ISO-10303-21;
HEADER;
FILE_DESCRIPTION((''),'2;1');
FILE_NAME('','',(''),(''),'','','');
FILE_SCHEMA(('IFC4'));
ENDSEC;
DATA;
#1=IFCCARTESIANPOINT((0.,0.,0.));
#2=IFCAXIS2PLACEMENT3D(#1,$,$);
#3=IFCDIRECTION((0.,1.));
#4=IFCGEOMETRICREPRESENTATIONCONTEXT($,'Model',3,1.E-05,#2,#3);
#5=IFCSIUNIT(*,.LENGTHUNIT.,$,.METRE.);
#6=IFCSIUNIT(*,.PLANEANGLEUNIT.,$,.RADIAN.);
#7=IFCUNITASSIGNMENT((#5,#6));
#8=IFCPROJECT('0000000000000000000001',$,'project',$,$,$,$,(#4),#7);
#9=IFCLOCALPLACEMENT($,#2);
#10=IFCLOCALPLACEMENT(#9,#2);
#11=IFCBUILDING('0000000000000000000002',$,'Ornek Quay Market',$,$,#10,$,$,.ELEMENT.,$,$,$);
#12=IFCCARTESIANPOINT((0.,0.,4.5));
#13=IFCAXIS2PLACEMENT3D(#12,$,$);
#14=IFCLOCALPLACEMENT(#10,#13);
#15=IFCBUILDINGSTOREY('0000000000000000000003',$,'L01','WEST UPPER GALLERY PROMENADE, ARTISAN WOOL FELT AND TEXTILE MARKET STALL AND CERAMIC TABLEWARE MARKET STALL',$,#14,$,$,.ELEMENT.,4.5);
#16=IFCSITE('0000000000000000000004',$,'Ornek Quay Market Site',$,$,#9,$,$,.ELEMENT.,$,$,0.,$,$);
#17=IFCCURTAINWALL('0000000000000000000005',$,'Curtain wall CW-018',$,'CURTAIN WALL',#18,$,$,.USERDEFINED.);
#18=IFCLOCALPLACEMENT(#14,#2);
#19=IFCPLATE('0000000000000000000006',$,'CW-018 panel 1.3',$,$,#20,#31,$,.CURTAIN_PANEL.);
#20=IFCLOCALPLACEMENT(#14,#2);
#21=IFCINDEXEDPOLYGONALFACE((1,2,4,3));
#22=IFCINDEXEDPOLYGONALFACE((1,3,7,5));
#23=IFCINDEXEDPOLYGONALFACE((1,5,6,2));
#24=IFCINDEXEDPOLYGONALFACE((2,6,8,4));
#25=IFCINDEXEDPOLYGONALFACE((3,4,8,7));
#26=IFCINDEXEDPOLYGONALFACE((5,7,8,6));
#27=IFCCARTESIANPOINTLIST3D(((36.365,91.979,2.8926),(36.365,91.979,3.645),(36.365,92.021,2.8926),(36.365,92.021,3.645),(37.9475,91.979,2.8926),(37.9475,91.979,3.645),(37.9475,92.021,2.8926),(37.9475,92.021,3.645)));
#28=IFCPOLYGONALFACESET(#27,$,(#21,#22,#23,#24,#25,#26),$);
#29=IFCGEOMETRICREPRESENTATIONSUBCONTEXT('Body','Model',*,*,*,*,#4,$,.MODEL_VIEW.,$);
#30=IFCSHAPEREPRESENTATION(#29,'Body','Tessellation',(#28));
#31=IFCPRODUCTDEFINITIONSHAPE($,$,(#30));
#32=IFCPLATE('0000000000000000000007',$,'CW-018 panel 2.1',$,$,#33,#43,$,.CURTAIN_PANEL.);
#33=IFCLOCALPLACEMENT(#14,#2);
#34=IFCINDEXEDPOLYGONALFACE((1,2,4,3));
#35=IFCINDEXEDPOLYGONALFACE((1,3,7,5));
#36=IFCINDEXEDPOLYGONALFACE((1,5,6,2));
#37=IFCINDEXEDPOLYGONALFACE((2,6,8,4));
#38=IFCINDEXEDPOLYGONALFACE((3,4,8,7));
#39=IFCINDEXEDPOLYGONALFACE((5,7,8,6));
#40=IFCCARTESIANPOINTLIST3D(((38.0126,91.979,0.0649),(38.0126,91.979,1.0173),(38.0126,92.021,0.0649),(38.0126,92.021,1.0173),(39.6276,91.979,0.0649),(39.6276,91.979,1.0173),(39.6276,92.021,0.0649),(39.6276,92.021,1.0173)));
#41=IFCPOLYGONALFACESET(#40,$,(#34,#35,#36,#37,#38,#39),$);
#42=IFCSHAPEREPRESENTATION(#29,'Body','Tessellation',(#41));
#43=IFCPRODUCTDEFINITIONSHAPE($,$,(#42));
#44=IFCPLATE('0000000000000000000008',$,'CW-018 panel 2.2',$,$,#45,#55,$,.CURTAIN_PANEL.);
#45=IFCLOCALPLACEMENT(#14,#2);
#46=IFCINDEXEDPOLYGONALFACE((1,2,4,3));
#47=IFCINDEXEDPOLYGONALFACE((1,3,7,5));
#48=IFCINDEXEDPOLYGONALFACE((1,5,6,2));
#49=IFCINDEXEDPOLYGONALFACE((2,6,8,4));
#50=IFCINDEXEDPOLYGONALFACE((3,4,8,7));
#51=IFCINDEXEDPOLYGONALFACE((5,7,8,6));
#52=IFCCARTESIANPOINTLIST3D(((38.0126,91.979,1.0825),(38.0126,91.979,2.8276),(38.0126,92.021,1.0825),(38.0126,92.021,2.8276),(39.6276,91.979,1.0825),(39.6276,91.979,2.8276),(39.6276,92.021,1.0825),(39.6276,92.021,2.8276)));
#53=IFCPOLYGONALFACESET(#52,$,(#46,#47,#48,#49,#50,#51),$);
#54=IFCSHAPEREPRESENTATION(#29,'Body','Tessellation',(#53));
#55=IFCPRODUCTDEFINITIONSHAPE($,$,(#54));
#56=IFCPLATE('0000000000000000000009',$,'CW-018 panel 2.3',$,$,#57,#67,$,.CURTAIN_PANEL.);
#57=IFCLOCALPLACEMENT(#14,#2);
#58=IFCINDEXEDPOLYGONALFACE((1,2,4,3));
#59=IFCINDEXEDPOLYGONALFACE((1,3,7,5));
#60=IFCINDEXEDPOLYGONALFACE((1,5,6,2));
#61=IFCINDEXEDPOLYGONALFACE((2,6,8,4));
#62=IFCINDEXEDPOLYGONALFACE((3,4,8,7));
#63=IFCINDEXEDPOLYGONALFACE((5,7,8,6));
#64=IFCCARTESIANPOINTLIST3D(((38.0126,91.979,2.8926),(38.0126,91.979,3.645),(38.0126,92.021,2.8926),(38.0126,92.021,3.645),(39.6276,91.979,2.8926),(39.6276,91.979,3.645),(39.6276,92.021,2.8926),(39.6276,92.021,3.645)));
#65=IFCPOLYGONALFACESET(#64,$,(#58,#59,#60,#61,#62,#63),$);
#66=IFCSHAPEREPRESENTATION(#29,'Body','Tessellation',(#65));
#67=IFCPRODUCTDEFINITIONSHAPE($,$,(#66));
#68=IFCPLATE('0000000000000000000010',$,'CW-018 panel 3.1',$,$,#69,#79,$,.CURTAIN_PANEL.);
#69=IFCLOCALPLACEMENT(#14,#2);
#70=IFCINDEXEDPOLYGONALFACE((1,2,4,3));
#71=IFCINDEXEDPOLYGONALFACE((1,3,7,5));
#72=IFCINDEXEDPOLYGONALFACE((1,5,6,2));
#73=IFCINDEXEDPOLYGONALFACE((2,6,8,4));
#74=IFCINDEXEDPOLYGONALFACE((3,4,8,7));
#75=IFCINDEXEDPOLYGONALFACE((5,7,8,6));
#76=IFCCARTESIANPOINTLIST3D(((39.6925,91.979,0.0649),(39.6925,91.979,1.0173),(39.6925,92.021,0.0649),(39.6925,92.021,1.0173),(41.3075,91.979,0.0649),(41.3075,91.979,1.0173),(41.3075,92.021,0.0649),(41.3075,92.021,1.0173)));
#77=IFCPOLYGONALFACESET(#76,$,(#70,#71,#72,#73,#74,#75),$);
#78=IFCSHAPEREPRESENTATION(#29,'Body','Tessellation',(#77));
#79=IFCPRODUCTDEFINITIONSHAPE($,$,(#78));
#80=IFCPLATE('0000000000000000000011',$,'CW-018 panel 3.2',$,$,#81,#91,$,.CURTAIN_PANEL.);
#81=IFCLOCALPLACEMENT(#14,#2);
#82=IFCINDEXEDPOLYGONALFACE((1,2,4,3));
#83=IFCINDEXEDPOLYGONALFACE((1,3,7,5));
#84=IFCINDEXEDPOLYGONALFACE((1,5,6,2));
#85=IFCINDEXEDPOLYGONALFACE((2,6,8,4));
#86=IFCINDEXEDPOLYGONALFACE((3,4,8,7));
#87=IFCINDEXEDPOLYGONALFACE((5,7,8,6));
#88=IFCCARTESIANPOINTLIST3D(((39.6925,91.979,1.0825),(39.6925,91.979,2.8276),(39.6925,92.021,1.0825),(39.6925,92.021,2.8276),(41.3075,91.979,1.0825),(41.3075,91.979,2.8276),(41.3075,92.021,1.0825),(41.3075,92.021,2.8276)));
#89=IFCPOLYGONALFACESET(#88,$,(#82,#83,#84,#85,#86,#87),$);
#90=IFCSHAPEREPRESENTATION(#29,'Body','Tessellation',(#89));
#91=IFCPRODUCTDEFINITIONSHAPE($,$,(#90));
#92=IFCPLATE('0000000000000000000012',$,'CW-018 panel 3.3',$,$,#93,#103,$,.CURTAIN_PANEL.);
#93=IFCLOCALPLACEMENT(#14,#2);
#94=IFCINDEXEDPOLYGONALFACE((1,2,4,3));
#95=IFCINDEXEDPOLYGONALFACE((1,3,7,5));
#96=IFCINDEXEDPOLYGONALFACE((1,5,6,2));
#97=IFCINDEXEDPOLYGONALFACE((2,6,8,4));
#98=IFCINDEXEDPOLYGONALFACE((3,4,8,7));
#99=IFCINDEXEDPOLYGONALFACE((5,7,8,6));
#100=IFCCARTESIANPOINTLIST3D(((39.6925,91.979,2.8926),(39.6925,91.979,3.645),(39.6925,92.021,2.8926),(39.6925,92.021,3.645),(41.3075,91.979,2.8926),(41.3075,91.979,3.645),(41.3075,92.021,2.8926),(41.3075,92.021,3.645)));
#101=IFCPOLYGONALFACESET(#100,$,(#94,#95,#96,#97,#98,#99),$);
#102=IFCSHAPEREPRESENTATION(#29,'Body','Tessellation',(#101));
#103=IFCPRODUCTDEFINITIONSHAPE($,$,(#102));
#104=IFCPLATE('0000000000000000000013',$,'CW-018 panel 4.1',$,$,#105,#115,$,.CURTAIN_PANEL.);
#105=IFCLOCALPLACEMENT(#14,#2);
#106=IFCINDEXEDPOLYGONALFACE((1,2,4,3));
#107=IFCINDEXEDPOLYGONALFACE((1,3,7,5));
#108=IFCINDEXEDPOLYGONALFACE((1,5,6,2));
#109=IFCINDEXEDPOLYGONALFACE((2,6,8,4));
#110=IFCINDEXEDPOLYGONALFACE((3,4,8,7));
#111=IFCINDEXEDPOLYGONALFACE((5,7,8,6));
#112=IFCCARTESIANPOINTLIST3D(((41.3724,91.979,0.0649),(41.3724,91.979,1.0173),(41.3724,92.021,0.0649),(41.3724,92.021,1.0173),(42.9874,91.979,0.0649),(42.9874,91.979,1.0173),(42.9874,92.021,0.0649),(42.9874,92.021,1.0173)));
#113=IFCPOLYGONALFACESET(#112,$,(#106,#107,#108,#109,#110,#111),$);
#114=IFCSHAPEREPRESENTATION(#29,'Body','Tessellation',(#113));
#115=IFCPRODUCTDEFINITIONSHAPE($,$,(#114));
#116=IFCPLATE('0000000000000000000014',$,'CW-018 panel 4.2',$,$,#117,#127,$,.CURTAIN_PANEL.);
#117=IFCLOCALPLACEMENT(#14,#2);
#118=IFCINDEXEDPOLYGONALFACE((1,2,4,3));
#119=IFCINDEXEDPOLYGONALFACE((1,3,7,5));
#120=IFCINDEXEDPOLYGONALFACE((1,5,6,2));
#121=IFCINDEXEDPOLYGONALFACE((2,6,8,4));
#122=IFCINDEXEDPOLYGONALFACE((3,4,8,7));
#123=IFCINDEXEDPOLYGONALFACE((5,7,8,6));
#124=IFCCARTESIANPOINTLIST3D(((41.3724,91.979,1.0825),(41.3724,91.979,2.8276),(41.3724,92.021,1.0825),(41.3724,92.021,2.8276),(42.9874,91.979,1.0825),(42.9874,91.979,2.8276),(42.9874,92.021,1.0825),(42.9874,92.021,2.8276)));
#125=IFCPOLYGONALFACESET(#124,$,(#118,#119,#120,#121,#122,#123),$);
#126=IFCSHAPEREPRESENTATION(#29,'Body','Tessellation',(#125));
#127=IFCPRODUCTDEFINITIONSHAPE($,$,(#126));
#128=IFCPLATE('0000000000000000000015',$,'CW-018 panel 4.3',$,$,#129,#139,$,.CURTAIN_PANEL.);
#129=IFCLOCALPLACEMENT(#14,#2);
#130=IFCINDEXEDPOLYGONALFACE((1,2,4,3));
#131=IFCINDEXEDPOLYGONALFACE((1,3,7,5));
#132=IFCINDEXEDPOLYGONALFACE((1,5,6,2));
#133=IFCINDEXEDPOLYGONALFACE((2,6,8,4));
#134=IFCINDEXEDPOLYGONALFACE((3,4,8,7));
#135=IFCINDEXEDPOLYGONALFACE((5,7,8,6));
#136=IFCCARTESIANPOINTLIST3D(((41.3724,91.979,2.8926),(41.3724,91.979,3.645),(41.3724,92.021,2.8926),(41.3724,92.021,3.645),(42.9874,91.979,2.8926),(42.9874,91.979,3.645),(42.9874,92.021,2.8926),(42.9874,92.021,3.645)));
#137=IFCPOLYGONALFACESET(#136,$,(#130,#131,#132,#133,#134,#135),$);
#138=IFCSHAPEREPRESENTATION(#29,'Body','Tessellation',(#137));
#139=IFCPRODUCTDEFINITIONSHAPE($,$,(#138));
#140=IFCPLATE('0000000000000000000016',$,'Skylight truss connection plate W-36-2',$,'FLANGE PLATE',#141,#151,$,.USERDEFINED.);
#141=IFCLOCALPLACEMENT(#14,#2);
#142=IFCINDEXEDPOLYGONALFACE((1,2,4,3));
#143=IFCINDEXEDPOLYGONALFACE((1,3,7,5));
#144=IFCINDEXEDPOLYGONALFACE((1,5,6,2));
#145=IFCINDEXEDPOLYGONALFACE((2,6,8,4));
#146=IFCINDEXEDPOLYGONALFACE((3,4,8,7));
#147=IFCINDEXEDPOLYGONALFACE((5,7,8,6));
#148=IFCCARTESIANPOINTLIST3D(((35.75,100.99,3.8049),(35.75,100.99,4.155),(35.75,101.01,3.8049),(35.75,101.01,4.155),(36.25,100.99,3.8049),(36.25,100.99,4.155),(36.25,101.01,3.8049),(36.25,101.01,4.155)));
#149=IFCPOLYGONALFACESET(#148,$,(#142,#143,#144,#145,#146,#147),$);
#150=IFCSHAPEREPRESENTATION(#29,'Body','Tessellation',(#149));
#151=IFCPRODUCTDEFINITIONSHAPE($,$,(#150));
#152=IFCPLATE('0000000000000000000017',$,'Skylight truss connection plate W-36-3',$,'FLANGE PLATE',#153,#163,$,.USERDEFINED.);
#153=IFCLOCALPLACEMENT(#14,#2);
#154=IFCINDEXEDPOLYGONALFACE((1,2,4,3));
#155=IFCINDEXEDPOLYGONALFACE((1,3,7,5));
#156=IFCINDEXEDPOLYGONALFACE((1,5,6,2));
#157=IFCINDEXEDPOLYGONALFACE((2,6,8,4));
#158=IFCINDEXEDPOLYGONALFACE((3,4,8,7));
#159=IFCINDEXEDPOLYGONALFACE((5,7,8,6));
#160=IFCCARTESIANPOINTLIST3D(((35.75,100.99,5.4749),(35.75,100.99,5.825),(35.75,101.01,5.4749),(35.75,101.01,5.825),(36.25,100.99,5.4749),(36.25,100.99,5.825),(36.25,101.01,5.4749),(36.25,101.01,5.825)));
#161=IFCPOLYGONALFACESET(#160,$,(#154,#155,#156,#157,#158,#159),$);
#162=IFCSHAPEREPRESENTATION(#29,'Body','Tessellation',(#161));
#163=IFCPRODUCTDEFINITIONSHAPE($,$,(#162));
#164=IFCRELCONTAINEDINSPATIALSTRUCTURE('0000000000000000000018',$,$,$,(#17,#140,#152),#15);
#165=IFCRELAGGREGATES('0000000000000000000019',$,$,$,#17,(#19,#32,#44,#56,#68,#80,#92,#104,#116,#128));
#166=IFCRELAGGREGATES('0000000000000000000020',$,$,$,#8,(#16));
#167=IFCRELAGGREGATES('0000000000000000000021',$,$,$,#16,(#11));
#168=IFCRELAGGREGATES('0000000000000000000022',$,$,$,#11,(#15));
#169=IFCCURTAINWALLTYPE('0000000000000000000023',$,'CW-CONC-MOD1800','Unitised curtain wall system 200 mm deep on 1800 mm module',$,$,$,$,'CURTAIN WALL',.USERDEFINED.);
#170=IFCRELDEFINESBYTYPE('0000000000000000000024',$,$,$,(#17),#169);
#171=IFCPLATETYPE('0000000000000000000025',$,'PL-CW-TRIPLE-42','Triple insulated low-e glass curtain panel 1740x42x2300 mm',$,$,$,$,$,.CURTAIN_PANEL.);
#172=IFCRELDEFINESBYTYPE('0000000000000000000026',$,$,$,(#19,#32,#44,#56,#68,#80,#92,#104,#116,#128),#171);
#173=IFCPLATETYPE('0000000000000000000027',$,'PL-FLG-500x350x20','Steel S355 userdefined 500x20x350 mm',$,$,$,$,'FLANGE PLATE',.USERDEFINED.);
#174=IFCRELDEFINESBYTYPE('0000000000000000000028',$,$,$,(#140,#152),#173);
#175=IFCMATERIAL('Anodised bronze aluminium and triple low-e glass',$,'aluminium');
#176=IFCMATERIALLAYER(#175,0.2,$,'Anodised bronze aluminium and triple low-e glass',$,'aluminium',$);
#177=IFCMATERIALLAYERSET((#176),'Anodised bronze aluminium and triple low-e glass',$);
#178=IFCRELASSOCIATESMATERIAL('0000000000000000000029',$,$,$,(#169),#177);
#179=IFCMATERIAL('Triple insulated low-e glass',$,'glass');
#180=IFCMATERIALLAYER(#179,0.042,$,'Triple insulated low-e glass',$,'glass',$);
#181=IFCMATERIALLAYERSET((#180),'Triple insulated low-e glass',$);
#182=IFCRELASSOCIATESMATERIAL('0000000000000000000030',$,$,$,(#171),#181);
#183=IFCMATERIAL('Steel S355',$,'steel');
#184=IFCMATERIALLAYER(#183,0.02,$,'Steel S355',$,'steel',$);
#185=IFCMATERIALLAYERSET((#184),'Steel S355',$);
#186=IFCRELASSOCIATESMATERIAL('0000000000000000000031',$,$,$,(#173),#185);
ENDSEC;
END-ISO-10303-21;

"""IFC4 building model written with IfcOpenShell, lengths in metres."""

from ifc_helpers import new_model, si_unit, direction, frame, origin, origin_2d, place, context, subcontext, project, spatial, rectangle, extrude, material, layer, layer_set, type_object, element, aggregate, save


model = new_model("IFC4")

# Units and contexts
model_context = context("Model", 3, precision=1e-05, world=origin(), true_north=direction((0.0, 1.0)))
body_context = subcontext(model_context, "Body", "Model", "MODEL_VIEW")
ifc_project = project(units=[si_unit("LENGTHUNIT", "METRE"), si_unit("PLANEANGLEUNIT", "RADIAN")], contexts=[model_context])

# Site, building, storey
site_placement = place(None, origin())
site = spatial("IfcSite", under=ifc_project, at=site_placement, Name="Ornek Quay Market Site", CompositionType="ELEMENT", RefElevation=0.0)
building_placement = place(site_placement, origin())
building = spatial("IfcBuilding", under=site, at=building_placement, Name="Ornek Quay Market", CompositionType="ELEMENT")
storey_placement = place(building_placement, frame((0.0, 0.0, 4.5)))
storey = spatial("IfcBuildingStorey", under=building, at=storey_placement, Name="L01", Description="WEST UPPER GALLERY PROMENADE, ARTISAN WOOL FELT AND TEXTILE MARKET STALL AND CERAMIC TABLEWARE MARKET STALL", CompositionType="ELEMENT", Elevation=4.5)

# Curtain wall
ifc_material_1 = material(Name="Anodised bronze aluminium and triple low-e glass", Category="aluminium")
ifc_layer_1 = layer(ifc_material_1, 0.2, Name="Anodised bronze aluminium and triple low-e glass", Category="aluminium")
ifc_layer_set_1 = layer_set([ifc_layer_1], Name="Anodised bronze aluminium and triple low-e glass")
curtain_wall_type = type_object("IfcCurtainWallType", Name="CW-CONC-MOD1800", Description="Unitised curtain wall system 200 mm deep on 1800 mm module", ElementType="CURTAIN WALL", PredefinedType="USERDEFINED", material=ifc_layer_set_1)
curtain_wall_placement = place(storey_placement, origin())
curtain_wall = element("IfcCurtainWall", 1, at=curtain_wall_placement, inside=storey, type_object=curtain_wall_type, Name="Curtain wall CW-018", ObjectType="CURTAIN WALL", PredefinedType="USERDEFINED")

# Shared definitions
ifc_material_2 = material(Name="Steel S355", Category="steel")

# Plates
ifc_material_3 = material(Name="Triple insulated low-e glass", Category="glass")
ifc_layer_2 = layer(ifc_material_3, 0.042, Name="Triple insulated low-e glass", Category="glass")
ifc_layer_set_2 = layer_set([ifc_layer_2], Name="Triple insulated low-e glass")
plate_type_1 = type_object("IfcPlateType", Name="PL-CW-TRIPLE-42", Description="Triple insulated low-e glass curtain panel 1740x42x2300 mm", PredefinedType="CURTAIN_PANEL", material=ifc_layer_set_2)
plate_1_placement = place(storey_placement, frame((37.1562, 92.0, 2.8926), z_axis=(0.0, 0.0, 1.0), x_axis=(1.0, 0.0, 0.0)))
plate_1 = element("IfcPlate", 2, at=plate_1_placement, type_object=plate_type_1, Name="CW-018 panel 1.3", PredefinedType="CURTAIN_PANEL", context=body_context, shape_type="SweptSolid", body=[
    extrude(rectangle(XDim=1.5825, YDim=0.042, at=origin_2d()), origin(), (0.0, 0.0, 1.0), 0.7524),
])
plate_2_placement = place(storey_placement, frame((38.8201, 92.0, 0.0649), z_axis=(0.0, 0.0, 1.0), x_axis=(1.0, 0.0, 0.0)))
plate_2 = element("IfcPlate", 3, at=plate_2_placement, type_object=plate_type_1, Name="CW-018 panel 2.1", PredefinedType="CURTAIN_PANEL", context=body_context, shape_type="SweptSolid", body=[
    extrude(rectangle(XDim=1.615, YDim=0.042, at=origin_2d()), origin(), (0.0, 0.0, 1.0), 0.9524),
])
plate_3_placement = place(storey_placement, frame((38.8201, 92.0, 1.0825), z_axis=(0.0, 0.0, 1.0), x_axis=(1.0, 0.0, 0.0)))
plate_3 = element("IfcPlate", 4, at=plate_3_placement, type_object=plate_type_1, Name="CW-018 panel 2.2", PredefinedType="CURTAIN_PANEL", context=body_context, shape_type="SweptSolid", body=[
    extrude(rectangle(XDim=1.615, YDim=0.042, at=origin_2d()), origin(), (0.0, 0.0, 1.0), 1.7451),
])
plate_4_placement = place(storey_placement, frame((38.8201, 92.0, 2.8926), z_axis=(0.0, 0.0, 1.0), x_axis=(1.0, 0.0, 0.0)))
plate_4 = element("IfcPlate", 5, at=plate_4_placement, type_object=plate_type_1, Name="CW-018 panel 2.3", PredefinedType="CURTAIN_PANEL", context=body_context, shape_type="SweptSolid", body=[
    extrude(rectangle(XDim=1.615, YDim=0.042, at=origin_2d()), origin(), (0.0, 0.0, 1.0), 0.7524),
])
plate_5_placement = place(storey_placement, frame((40.5, 92.0, 0.0649), z_axis=(0.0, 0.0, 1.0), x_axis=(1.0, 0.0, 0.0)))
plate_5 = element("IfcPlate", 6, at=plate_5_placement, type_object=plate_type_1, Name="CW-018 panel 3.1", PredefinedType="CURTAIN_PANEL", context=body_context, shape_type="SweptSolid", body=[
    extrude(rectangle(XDim=1.615, YDim=0.042, at=origin_2d()), origin(), (0.0, 0.0, 1.0), 0.9524),
])
plate_6_placement = place(storey_placement, frame((40.5, 92.0, 1.0825), z_axis=(0.0, 0.0, 1.0), x_axis=(1.0, 0.0, 0.0)))
plate_6 = element("IfcPlate", 7, at=plate_6_placement, type_object=plate_type_1, Name="CW-018 panel 3.2", PredefinedType="CURTAIN_PANEL", context=body_context, shape_type="SweptSolid", body=[
    extrude(rectangle(XDim=1.615, YDim=0.042, at=origin_2d()), origin(), (0.0, 0.0, 1.0), 1.7451),
])
plate_7_placement = place(storey_placement, frame((40.5, 92.0, 2.8926), z_axis=(0.0, 0.0, 1.0), x_axis=(1.0, 0.0, 0.0)))
plate_7 = element("IfcPlate", 8, at=plate_7_placement, type_object=plate_type_1, Name="CW-018 panel 3.3", PredefinedType="CURTAIN_PANEL", context=body_context, shape_type="SweptSolid", body=[
    extrude(rectangle(XDim=1.615, YDim=0.042, at=origin_2d()), origin(), (0.0, 0.0, 1.0), 0.7524),
])
plate_8_placement = place(storey_placement, frame((42.1799, 92.0, 0.0649), z_axis=(0.0, 0.0, 1.0), x_axis=(1.0, 0.0, 0.0)))
plate_8 = element("IfcPlate", 9, at=plate_8_placement, type_object=plate_type_1, Name="CW-018 panel 4.1", PredefinedType="CURTAIN_PANEL", context=body_context, shape_type="SweptSolid", body=[
    extrude(rectangle(XDim=1.615, YDim=0.042, at=origin_2d()), origin(), (0.0, 0.0, 1.0), 0.9524),
])
plate_9_placement = place(storey_placement, frame((42.1799, 92.0, 1.0825), z_axis=(0.0, 0.0, 1.0), x_axis=(1.0, 0.0, 0.0)))
plate_9 = element("IfcPlate", 10, at=plate_9_placement, type_object=plate_type_1, Name="CW-018 panel 4.2", PredefinedType="CURTAIN_PANEL", context=body_context, shape_type="SweptSolid", body=[
    extrude(rectangle(XDim=1.615, YDim=0.042, at=origin_2d()), origin(), (0.0, 0.0, 1.0), 1.7451),
])
plate_10_placement = place(storey_placement, frame((42.1799, 92.0, 2.8926), z_axis=(0.0, 0.0, 1.0), x_axis=(1.0, 0.0, 0.0)))
plate_10 = element("IfcPlate", 11, at=plate_10_placement, type_object=plate_type_1, Name="CW-018 panel 4.3", PredefinedType="CURTAIN_PANEL", context=body_context, shape_type="SweptSolid", body=[
    extrude(rectangle(XDim=1.615, YDim=0.042, at=origin_2d()), origin(), (0.0, 0.0, 1.0), 0.7524),
])
aggregate(curtain_wall, [plate_1, plate_2, plate_3, plate_4, plate_5, plate_6, plate_7, plate_8, plate_9, plate_10])

# Plates
ifc_layer_3 = layer(ifc_material_2, 0.02, Name="Steel S355", Category="steel")
ifc_layer_set_3 = layer_set([ifc_layer_3], Name="Steel S355")
plate_type_2 = type_object("IfcPlateType", Name="PL-FLG-500x350x20", Description="Steel S355 userdefined 500x20x350 mm", ElementType="FLANGE PLATE", PredefinedType="USERDEFINED", material=ifc_layer_set_3)
for number, where, z_axis, x_axis, name in (
    (12, (36.0, 101.0, 3.8049), (0.0, 0.0, 1.0), (1.0, 0.0, 0.0), "Skylight truss connection plate W-36-2"),
    (13, (36.0, 101.0, 5.4749), (0.0, 0.0, 1.0), (1.0, 0.0, 0.0), "Skylight truss connection plate W-36-3"),
):
    element("IfcPlate", number, at=place(storey_placement, frame(where, z_axis=z_axis, x_axis=x_axis)), inside=storey, type_object=plate_type_2, Name=name, ObjectType="FLANGE PLATE", PredefinedType="USERDEFINED", context=body_context, shape_type="SweptSolid", body=[
        extrude(rectangle(XDim=0.5, YDim=0.02, at=origin_2d()), origin(), (0.0, 0.0, 1.0), 0.3501),
    ])

save(model, "model.ifc")
